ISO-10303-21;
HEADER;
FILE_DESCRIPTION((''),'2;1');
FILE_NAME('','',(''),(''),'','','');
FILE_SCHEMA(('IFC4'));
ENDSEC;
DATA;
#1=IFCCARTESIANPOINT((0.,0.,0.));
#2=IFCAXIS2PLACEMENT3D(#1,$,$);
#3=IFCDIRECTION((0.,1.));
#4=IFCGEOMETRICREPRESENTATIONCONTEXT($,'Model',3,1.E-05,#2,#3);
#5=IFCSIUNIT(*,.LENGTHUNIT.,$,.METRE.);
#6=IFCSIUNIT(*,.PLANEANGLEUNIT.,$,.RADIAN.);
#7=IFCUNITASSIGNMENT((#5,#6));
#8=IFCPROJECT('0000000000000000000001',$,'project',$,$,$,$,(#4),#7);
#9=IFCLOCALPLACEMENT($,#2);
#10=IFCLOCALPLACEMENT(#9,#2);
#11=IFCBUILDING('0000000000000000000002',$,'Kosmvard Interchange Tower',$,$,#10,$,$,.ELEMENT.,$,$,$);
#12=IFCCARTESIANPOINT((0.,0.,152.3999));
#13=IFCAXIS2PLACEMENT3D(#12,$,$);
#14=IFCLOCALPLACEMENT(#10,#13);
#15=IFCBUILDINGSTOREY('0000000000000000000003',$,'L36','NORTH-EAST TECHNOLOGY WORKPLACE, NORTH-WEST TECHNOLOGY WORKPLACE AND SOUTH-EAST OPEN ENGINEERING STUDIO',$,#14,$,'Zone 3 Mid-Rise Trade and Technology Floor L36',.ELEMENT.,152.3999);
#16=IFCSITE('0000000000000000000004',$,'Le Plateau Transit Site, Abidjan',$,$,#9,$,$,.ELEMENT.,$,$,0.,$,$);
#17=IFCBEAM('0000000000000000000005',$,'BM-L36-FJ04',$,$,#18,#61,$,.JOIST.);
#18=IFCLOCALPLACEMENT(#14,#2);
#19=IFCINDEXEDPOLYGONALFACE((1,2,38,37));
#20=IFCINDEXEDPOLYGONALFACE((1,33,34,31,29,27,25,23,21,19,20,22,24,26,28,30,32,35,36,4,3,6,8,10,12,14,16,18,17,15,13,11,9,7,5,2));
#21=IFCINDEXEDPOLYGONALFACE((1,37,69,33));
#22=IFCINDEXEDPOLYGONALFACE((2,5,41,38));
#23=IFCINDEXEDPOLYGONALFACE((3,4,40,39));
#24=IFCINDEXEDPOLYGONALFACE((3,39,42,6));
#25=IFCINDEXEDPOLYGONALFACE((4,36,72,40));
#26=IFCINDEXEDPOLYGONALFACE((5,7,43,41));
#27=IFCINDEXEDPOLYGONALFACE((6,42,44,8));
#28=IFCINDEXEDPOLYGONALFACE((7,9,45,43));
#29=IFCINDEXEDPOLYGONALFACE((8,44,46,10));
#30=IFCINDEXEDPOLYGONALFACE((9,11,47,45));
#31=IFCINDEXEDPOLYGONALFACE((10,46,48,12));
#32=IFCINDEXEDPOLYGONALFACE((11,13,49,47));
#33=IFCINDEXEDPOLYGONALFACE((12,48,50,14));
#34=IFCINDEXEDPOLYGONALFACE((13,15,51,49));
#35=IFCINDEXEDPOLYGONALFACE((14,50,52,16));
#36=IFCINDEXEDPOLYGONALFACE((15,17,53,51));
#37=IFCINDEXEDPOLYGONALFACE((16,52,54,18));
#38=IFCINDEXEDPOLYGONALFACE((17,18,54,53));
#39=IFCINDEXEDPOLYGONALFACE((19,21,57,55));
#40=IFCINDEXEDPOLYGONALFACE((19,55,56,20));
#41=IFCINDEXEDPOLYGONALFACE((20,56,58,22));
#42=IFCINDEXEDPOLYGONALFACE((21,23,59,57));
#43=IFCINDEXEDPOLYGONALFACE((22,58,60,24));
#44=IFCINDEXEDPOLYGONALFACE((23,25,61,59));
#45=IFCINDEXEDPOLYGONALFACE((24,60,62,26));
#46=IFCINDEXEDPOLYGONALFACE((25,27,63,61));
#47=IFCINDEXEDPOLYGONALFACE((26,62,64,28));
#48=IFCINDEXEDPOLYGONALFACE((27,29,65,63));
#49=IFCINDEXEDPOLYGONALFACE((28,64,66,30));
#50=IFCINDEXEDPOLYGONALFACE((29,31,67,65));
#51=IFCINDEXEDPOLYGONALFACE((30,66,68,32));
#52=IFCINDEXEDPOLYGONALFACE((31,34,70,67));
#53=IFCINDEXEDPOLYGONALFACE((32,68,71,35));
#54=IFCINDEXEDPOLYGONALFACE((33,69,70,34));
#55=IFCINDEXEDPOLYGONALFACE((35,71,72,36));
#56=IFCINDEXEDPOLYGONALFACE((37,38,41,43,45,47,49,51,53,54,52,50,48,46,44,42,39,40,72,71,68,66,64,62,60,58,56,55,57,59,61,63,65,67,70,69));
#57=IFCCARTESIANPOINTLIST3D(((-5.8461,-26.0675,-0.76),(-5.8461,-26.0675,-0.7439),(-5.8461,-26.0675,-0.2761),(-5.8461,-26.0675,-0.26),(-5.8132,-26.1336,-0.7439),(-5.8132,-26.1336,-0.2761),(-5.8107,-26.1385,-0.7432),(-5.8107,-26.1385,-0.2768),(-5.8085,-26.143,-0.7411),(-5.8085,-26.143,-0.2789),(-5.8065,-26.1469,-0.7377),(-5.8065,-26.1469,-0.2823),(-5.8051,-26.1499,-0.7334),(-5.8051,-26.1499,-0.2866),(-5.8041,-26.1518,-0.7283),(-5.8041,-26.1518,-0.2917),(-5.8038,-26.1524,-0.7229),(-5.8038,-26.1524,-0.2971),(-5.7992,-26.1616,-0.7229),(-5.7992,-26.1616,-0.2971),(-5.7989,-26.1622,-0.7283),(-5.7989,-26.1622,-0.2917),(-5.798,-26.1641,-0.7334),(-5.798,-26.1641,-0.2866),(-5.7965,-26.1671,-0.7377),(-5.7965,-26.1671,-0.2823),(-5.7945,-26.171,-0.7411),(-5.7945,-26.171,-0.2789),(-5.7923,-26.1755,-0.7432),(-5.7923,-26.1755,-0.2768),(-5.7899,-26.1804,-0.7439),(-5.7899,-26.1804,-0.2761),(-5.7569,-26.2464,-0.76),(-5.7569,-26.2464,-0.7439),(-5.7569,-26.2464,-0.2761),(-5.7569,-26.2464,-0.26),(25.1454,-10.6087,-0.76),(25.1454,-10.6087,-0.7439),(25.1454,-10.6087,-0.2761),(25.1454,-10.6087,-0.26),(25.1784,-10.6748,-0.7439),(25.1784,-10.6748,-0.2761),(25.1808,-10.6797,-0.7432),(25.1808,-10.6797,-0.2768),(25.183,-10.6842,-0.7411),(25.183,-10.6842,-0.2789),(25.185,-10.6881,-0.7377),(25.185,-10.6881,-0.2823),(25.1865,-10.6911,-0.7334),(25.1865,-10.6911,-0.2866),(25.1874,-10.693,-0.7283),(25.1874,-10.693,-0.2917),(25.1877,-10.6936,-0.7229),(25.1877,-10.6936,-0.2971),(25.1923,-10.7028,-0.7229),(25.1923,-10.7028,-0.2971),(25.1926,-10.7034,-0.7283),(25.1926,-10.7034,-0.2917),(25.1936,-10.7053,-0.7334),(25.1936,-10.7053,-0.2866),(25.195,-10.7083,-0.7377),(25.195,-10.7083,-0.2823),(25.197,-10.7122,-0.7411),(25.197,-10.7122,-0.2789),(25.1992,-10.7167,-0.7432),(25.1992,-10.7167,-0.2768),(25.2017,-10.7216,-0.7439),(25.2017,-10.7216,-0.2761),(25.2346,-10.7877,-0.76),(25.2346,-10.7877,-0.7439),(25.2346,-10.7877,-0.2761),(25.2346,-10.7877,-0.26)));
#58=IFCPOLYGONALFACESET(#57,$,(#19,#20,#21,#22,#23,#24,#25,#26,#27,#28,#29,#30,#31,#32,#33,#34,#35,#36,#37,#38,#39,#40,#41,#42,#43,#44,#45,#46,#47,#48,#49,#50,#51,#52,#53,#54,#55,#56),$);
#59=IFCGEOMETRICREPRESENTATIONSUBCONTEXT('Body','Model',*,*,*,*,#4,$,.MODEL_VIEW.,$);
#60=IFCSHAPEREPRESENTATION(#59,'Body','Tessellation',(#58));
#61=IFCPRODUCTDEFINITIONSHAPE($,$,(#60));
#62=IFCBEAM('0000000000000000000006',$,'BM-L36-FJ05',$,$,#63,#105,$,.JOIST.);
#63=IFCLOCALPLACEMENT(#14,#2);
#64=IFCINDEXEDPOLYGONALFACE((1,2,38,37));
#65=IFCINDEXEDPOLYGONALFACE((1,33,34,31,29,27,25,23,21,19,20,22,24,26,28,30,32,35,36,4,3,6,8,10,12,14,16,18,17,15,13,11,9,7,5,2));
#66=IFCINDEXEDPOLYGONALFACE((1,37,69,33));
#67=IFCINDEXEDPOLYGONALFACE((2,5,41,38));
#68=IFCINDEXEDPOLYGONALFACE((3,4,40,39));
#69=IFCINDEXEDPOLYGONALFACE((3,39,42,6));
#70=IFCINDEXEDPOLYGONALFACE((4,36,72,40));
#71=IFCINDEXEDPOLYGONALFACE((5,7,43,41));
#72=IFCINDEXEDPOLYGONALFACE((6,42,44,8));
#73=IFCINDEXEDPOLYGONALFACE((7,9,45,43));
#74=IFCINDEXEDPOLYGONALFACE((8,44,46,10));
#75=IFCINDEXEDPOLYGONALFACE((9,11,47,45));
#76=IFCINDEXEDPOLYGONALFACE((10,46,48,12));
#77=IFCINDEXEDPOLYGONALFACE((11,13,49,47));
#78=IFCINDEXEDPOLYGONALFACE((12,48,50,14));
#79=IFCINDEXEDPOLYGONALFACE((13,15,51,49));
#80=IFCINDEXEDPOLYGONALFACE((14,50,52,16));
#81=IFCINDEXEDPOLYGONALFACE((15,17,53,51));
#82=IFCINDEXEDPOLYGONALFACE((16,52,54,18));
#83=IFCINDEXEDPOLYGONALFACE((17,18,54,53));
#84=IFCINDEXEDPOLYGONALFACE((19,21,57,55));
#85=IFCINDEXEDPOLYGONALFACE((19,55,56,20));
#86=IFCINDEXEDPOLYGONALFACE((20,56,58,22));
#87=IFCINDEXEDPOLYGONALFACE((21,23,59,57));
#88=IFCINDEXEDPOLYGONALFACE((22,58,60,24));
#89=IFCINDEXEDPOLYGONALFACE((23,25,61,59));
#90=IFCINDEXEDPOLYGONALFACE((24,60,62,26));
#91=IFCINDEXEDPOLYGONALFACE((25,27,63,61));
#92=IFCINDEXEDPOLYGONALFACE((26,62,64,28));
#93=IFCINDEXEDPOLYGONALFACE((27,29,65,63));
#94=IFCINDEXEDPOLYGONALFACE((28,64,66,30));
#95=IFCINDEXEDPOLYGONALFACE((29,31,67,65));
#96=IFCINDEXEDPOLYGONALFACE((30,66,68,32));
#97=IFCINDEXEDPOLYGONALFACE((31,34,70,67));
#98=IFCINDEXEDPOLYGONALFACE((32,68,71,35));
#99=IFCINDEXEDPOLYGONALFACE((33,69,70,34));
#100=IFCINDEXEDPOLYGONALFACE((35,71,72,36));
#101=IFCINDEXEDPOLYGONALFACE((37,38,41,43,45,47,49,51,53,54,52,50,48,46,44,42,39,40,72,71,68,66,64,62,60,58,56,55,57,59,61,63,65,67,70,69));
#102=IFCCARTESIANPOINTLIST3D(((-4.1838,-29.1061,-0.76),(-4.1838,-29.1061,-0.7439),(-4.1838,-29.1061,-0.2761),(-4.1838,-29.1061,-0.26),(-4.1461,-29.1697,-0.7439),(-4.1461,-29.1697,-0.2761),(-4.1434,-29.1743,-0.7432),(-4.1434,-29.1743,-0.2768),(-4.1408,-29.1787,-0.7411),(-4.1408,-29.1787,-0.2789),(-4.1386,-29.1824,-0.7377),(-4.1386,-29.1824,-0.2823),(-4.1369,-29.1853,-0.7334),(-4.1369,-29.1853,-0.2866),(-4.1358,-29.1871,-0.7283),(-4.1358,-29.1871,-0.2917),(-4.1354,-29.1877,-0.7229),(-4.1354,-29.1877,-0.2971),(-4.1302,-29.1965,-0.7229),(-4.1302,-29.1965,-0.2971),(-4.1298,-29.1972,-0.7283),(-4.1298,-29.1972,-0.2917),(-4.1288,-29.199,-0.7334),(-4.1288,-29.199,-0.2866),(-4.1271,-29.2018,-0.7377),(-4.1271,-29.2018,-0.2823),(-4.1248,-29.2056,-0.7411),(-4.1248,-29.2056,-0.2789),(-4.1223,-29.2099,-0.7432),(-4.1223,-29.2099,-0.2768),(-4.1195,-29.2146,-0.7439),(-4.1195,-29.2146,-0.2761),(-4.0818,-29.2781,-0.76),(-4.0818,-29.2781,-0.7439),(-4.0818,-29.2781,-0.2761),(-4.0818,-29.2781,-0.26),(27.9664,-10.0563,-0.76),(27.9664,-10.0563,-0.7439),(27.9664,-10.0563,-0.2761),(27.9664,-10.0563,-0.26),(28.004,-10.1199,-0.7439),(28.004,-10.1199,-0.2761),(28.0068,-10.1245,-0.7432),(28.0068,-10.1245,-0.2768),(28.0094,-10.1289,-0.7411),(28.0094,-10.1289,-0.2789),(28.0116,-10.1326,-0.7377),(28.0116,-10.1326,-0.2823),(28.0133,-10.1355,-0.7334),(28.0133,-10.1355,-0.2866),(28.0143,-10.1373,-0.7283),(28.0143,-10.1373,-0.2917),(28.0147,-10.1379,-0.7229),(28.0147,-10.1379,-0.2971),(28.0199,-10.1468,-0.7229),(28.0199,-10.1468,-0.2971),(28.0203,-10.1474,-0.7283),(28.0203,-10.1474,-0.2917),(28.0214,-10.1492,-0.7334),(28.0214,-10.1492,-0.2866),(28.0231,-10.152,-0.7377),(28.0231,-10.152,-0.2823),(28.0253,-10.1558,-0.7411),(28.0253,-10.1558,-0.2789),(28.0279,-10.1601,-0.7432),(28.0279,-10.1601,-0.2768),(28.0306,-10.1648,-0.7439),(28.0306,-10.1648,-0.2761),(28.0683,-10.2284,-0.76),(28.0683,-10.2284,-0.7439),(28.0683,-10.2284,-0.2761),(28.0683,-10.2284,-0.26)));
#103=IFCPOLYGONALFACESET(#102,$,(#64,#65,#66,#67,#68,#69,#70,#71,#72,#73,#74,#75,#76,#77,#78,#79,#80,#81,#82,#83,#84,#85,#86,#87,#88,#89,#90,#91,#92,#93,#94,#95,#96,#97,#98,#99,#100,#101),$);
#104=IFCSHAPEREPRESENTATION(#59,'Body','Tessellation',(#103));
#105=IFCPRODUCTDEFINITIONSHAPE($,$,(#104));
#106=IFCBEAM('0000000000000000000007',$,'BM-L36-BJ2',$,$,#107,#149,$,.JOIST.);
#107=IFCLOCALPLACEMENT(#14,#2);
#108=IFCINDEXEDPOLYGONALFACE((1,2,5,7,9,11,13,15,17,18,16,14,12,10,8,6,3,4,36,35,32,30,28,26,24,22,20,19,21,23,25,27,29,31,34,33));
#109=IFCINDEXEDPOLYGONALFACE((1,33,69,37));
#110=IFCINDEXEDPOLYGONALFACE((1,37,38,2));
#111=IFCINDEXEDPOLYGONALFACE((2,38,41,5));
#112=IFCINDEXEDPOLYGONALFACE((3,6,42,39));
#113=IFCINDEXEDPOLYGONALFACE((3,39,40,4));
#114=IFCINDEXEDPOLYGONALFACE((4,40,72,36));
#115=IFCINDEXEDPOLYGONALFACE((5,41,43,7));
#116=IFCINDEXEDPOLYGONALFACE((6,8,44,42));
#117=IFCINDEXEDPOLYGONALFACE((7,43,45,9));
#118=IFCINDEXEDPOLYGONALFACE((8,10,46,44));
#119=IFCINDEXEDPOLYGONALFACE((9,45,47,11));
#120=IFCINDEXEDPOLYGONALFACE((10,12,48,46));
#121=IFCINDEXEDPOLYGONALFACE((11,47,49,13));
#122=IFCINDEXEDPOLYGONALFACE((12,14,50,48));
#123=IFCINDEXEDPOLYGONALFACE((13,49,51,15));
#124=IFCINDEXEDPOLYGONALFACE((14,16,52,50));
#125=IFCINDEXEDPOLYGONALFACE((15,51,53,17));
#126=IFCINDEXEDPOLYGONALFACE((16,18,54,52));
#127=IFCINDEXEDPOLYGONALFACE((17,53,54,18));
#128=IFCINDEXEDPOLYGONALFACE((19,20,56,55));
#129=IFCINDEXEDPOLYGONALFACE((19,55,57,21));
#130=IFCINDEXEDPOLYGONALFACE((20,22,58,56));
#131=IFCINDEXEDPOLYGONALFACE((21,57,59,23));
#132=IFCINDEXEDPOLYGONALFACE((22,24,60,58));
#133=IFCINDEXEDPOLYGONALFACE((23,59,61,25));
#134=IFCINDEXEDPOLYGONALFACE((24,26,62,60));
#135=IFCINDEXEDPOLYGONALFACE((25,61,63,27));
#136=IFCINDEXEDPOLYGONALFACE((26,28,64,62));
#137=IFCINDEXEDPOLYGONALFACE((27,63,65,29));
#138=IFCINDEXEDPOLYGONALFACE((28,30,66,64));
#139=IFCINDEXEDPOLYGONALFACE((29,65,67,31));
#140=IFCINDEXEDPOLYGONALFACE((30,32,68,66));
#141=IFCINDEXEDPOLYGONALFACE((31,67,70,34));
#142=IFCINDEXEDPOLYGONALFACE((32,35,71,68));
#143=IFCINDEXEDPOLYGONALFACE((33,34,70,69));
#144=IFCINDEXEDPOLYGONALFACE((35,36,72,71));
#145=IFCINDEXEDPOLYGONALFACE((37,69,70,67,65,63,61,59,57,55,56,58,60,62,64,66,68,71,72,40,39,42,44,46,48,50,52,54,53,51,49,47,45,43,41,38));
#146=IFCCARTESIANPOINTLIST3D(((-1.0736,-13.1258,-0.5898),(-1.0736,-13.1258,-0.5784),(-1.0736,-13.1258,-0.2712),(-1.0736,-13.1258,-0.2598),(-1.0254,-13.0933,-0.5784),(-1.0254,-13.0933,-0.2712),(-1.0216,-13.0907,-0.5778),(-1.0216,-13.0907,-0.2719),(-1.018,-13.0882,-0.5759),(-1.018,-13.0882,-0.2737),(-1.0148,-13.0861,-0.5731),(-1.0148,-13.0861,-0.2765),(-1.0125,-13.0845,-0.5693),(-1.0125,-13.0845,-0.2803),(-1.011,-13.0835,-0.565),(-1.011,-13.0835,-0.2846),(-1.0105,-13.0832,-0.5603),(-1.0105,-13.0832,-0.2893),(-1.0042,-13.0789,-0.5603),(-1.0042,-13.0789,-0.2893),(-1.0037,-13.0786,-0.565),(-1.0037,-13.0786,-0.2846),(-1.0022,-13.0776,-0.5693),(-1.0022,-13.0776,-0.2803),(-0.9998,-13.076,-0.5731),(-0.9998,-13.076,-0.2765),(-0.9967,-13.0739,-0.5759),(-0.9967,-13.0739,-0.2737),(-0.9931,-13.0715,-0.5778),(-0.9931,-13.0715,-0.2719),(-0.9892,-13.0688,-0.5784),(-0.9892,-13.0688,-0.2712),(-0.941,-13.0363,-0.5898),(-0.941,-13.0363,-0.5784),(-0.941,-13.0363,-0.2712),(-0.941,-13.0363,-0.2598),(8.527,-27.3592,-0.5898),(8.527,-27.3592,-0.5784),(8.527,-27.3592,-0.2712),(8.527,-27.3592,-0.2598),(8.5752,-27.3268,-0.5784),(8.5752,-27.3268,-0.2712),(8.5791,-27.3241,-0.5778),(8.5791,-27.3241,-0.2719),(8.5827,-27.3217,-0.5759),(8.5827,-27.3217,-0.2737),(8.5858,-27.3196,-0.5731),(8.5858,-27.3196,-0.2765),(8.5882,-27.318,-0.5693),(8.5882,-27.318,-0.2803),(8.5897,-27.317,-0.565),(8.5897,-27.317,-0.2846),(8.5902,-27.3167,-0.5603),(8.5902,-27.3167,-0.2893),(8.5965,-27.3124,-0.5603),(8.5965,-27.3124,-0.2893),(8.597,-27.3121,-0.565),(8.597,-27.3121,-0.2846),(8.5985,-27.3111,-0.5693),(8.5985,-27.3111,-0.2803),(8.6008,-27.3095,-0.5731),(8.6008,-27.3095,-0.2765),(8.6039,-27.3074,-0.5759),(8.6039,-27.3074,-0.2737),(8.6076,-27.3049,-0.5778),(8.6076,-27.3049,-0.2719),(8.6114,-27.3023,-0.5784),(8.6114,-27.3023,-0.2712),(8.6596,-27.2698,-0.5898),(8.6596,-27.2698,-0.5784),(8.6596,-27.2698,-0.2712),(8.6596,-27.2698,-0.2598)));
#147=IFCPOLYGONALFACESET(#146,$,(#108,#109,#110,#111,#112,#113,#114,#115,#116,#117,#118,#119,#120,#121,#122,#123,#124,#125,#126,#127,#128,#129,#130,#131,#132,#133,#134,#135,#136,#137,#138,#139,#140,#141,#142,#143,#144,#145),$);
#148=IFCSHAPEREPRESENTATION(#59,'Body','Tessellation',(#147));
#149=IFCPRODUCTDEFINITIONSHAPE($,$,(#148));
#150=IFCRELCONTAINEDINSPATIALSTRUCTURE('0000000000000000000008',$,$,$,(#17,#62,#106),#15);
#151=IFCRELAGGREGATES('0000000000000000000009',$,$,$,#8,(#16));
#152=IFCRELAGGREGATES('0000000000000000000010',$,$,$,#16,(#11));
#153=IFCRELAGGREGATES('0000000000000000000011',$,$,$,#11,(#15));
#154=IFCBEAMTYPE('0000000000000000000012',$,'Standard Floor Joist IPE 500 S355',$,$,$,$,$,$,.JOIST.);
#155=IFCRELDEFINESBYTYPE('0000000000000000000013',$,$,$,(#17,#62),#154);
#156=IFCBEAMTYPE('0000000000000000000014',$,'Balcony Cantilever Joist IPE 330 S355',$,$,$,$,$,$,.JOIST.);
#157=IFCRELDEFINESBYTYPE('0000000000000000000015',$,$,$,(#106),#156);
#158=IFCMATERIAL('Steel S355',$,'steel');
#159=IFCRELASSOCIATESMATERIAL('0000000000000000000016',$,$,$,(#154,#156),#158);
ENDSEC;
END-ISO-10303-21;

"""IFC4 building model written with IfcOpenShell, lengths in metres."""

from ifc_helpers import new_model, si_unit, direction, frame, origin, origin_2d, place, context, subcontext, project, spatial, i_section, extrude, source, transform, mapped, material, material_profile, profile_set, type_object, element, save


model = new_model("IFC4")

# Units and contexts
model_context = context("Model", 3, precision=1e-05, world=origin(), true_north=direction((0.0, 1.0)))
body_context = subcontext(model_context, "Body", "Model", "MODEL_VIEW")
ifc_project = project(units=[si_unit("LENGTHUNIT", "METRE"), si_unit("PLANEANGLEUNIT", "RADIAN")], contexts=[model_context])

# Site, building, storey
site_placement = place(None, origin())
site = spatial("IfcSite", under=ifc_project, at=site_placement, Name="Le Plateau Transit Site, Abidjan", CompositionType="ELEMENT", RefElevation=0.0)
building_placement = place(site_placement, origin())
building = spatial("IfcBuilding", under=site, at=building_placement, Name="Kosmvard Interchange Tower", CompositionType="ELEMENT")
storey_placement = place(building_placement, frame((0.0, 0.0, 152.3999)))
storey = spatial("IfcBuildingStorey", under=building, at=storey_placement, Name="L36", Description="NORTH-EAST TECHNOLOGY WORKPLACE, NORTH-WEST TECHNOLOGY WORKPLACE AND SOUTH-EAST OPEN ENGINEERING STUDIO", LongName="Zone 3 Mid-Rise Trade and Technology Floor L36", CompositionType="ELEMENT", Elevation=152.3999)

# Beams
ifc_material_1 = material(Name="Steel S355", Category="steel")
ifc_material_profile_1 = material_profile(ifc_material_1, i_section(OverallWidth=0.2, OverallDepth=0.5, WebThickness=0.0103, FlangeThickness=0.0161, FilletRadius=0.021, at=origin_2d()), Name="IPE 500")
ifc_profile_set_1 = profile_set([ifc_material_profile_1], Name="Steel S355")
beam_type_1 = type_object("IfcBeamType", Name="Standard Floor Joist IPE 500 S355", PredefinedType="JOIST", material=ifc_profile_set_1)
shared_shape_1 = source(origin(), body_context, "Body", "SweptSolid", [
    extrude(i_section(OverallWidth=0.2, OverallDepth=0.5, WebThickness=0.0103, FlangeThickness=0.0161, FilletRadius=0.021, at=origin_2d()), origin(), (0.0, 0.0, 1.0), 34.6331),
])
beam_1_placement = place(storey_placement, frame((-5.8015, -26.157, -0.51), z_axis=(0.894854, 0.446359, 0.0), x_axis=(-0.446359, 0.894854, 0.0)))
element("IfcBeam", 1, at=beam_1_placement, inside=storey, type_object=beam_type_1, Name="BM-L36-FJ04", PredefinedType="JOIST", context=body_context, shape_type="MappedRepresentation", body=[
    mapped(shared_shape_1, transform((0.0, 0.0, 0.0), scale=1.0)),
])
shared_shape_2 = source(origin(), body_context, "Body", "SweptSolid", [
    extrude(i_section(OverallWidth=0.2, OverallDepth=0.5, WebThickness=0.0103, FlangeThickness=0.0161, FilletRadius=0.021, at=origin_2d()), origin(), (0.0, 0.0, 1.0), 37.3701),
])
beam_2_placement = place(storey_placement, frame((-4.1328, -29.1921, -0.51), z_axis=(0.860317, 0.50976, 0.0), x_axis=(-0.50976, 0.860317, 0.0)))
element("IfcBeam", 2, at=beam_2_placement, inside=storey, type_object=beam_type_1, Name="BM-L36-FJ05", PredefinedType="JOIST", context=body_context, shape_type="MappedRepresentation", body=[
    mapped(shared_shape_2, transform((0.0, 0.0, 0.0), scale=1.0)),
])
ifc_material_profile_2 = material_profile(ifc_material_1, i_section(OverallWidth=0.1599, OverallDepth=0.3301, WebThickness=0.0076, FlangeThickness=0.0115, FilletRadius=0.0181, at=origin_2d()), Name="IPE 330")
ifc_profile_set_2 = profile_set([ifc_material_profile_2], Name="Steel S355")
beam_type_2 = type_object("IfcBeamType", Name="Balcony Cantilever Joist IPE 330 S355", PredefinedType="JOIST", material=ifc_profile_set_2)
shared_shape_3 = source(origin(), body_context, "Body", "SweptSolid", [
    extrude(i_section(OverallWidth=0.1599, OverallDepth=0.3301, WebThickness=0.0076, FlangeThickness=0.0115, FilletRadius=0.0181, at=origin_2d()), origin(), (0.0, 0.0, 1.0), 17.1687),
])
beam_3_placement = place(storey_placement, frame((-1.0073, -13.0811, -0.4248), z_axis=(0.559194, -0.829037, 0.0), x_axis=(0.829037, 0.559194, 0.0)))
element("IfcBeam", 3, at=beam_3_placement, inside=storey, type_object=beam_type_2, Name="BM-L36-BJ2", PredefinedType="JOIST", context=body_context, shape_type="MappedRepresentation", body=[
    mapped(shared_shape_3, transform((0.0, 0.0, 0.0), scale=1.0)),
])

save(model, "model.ifc")
